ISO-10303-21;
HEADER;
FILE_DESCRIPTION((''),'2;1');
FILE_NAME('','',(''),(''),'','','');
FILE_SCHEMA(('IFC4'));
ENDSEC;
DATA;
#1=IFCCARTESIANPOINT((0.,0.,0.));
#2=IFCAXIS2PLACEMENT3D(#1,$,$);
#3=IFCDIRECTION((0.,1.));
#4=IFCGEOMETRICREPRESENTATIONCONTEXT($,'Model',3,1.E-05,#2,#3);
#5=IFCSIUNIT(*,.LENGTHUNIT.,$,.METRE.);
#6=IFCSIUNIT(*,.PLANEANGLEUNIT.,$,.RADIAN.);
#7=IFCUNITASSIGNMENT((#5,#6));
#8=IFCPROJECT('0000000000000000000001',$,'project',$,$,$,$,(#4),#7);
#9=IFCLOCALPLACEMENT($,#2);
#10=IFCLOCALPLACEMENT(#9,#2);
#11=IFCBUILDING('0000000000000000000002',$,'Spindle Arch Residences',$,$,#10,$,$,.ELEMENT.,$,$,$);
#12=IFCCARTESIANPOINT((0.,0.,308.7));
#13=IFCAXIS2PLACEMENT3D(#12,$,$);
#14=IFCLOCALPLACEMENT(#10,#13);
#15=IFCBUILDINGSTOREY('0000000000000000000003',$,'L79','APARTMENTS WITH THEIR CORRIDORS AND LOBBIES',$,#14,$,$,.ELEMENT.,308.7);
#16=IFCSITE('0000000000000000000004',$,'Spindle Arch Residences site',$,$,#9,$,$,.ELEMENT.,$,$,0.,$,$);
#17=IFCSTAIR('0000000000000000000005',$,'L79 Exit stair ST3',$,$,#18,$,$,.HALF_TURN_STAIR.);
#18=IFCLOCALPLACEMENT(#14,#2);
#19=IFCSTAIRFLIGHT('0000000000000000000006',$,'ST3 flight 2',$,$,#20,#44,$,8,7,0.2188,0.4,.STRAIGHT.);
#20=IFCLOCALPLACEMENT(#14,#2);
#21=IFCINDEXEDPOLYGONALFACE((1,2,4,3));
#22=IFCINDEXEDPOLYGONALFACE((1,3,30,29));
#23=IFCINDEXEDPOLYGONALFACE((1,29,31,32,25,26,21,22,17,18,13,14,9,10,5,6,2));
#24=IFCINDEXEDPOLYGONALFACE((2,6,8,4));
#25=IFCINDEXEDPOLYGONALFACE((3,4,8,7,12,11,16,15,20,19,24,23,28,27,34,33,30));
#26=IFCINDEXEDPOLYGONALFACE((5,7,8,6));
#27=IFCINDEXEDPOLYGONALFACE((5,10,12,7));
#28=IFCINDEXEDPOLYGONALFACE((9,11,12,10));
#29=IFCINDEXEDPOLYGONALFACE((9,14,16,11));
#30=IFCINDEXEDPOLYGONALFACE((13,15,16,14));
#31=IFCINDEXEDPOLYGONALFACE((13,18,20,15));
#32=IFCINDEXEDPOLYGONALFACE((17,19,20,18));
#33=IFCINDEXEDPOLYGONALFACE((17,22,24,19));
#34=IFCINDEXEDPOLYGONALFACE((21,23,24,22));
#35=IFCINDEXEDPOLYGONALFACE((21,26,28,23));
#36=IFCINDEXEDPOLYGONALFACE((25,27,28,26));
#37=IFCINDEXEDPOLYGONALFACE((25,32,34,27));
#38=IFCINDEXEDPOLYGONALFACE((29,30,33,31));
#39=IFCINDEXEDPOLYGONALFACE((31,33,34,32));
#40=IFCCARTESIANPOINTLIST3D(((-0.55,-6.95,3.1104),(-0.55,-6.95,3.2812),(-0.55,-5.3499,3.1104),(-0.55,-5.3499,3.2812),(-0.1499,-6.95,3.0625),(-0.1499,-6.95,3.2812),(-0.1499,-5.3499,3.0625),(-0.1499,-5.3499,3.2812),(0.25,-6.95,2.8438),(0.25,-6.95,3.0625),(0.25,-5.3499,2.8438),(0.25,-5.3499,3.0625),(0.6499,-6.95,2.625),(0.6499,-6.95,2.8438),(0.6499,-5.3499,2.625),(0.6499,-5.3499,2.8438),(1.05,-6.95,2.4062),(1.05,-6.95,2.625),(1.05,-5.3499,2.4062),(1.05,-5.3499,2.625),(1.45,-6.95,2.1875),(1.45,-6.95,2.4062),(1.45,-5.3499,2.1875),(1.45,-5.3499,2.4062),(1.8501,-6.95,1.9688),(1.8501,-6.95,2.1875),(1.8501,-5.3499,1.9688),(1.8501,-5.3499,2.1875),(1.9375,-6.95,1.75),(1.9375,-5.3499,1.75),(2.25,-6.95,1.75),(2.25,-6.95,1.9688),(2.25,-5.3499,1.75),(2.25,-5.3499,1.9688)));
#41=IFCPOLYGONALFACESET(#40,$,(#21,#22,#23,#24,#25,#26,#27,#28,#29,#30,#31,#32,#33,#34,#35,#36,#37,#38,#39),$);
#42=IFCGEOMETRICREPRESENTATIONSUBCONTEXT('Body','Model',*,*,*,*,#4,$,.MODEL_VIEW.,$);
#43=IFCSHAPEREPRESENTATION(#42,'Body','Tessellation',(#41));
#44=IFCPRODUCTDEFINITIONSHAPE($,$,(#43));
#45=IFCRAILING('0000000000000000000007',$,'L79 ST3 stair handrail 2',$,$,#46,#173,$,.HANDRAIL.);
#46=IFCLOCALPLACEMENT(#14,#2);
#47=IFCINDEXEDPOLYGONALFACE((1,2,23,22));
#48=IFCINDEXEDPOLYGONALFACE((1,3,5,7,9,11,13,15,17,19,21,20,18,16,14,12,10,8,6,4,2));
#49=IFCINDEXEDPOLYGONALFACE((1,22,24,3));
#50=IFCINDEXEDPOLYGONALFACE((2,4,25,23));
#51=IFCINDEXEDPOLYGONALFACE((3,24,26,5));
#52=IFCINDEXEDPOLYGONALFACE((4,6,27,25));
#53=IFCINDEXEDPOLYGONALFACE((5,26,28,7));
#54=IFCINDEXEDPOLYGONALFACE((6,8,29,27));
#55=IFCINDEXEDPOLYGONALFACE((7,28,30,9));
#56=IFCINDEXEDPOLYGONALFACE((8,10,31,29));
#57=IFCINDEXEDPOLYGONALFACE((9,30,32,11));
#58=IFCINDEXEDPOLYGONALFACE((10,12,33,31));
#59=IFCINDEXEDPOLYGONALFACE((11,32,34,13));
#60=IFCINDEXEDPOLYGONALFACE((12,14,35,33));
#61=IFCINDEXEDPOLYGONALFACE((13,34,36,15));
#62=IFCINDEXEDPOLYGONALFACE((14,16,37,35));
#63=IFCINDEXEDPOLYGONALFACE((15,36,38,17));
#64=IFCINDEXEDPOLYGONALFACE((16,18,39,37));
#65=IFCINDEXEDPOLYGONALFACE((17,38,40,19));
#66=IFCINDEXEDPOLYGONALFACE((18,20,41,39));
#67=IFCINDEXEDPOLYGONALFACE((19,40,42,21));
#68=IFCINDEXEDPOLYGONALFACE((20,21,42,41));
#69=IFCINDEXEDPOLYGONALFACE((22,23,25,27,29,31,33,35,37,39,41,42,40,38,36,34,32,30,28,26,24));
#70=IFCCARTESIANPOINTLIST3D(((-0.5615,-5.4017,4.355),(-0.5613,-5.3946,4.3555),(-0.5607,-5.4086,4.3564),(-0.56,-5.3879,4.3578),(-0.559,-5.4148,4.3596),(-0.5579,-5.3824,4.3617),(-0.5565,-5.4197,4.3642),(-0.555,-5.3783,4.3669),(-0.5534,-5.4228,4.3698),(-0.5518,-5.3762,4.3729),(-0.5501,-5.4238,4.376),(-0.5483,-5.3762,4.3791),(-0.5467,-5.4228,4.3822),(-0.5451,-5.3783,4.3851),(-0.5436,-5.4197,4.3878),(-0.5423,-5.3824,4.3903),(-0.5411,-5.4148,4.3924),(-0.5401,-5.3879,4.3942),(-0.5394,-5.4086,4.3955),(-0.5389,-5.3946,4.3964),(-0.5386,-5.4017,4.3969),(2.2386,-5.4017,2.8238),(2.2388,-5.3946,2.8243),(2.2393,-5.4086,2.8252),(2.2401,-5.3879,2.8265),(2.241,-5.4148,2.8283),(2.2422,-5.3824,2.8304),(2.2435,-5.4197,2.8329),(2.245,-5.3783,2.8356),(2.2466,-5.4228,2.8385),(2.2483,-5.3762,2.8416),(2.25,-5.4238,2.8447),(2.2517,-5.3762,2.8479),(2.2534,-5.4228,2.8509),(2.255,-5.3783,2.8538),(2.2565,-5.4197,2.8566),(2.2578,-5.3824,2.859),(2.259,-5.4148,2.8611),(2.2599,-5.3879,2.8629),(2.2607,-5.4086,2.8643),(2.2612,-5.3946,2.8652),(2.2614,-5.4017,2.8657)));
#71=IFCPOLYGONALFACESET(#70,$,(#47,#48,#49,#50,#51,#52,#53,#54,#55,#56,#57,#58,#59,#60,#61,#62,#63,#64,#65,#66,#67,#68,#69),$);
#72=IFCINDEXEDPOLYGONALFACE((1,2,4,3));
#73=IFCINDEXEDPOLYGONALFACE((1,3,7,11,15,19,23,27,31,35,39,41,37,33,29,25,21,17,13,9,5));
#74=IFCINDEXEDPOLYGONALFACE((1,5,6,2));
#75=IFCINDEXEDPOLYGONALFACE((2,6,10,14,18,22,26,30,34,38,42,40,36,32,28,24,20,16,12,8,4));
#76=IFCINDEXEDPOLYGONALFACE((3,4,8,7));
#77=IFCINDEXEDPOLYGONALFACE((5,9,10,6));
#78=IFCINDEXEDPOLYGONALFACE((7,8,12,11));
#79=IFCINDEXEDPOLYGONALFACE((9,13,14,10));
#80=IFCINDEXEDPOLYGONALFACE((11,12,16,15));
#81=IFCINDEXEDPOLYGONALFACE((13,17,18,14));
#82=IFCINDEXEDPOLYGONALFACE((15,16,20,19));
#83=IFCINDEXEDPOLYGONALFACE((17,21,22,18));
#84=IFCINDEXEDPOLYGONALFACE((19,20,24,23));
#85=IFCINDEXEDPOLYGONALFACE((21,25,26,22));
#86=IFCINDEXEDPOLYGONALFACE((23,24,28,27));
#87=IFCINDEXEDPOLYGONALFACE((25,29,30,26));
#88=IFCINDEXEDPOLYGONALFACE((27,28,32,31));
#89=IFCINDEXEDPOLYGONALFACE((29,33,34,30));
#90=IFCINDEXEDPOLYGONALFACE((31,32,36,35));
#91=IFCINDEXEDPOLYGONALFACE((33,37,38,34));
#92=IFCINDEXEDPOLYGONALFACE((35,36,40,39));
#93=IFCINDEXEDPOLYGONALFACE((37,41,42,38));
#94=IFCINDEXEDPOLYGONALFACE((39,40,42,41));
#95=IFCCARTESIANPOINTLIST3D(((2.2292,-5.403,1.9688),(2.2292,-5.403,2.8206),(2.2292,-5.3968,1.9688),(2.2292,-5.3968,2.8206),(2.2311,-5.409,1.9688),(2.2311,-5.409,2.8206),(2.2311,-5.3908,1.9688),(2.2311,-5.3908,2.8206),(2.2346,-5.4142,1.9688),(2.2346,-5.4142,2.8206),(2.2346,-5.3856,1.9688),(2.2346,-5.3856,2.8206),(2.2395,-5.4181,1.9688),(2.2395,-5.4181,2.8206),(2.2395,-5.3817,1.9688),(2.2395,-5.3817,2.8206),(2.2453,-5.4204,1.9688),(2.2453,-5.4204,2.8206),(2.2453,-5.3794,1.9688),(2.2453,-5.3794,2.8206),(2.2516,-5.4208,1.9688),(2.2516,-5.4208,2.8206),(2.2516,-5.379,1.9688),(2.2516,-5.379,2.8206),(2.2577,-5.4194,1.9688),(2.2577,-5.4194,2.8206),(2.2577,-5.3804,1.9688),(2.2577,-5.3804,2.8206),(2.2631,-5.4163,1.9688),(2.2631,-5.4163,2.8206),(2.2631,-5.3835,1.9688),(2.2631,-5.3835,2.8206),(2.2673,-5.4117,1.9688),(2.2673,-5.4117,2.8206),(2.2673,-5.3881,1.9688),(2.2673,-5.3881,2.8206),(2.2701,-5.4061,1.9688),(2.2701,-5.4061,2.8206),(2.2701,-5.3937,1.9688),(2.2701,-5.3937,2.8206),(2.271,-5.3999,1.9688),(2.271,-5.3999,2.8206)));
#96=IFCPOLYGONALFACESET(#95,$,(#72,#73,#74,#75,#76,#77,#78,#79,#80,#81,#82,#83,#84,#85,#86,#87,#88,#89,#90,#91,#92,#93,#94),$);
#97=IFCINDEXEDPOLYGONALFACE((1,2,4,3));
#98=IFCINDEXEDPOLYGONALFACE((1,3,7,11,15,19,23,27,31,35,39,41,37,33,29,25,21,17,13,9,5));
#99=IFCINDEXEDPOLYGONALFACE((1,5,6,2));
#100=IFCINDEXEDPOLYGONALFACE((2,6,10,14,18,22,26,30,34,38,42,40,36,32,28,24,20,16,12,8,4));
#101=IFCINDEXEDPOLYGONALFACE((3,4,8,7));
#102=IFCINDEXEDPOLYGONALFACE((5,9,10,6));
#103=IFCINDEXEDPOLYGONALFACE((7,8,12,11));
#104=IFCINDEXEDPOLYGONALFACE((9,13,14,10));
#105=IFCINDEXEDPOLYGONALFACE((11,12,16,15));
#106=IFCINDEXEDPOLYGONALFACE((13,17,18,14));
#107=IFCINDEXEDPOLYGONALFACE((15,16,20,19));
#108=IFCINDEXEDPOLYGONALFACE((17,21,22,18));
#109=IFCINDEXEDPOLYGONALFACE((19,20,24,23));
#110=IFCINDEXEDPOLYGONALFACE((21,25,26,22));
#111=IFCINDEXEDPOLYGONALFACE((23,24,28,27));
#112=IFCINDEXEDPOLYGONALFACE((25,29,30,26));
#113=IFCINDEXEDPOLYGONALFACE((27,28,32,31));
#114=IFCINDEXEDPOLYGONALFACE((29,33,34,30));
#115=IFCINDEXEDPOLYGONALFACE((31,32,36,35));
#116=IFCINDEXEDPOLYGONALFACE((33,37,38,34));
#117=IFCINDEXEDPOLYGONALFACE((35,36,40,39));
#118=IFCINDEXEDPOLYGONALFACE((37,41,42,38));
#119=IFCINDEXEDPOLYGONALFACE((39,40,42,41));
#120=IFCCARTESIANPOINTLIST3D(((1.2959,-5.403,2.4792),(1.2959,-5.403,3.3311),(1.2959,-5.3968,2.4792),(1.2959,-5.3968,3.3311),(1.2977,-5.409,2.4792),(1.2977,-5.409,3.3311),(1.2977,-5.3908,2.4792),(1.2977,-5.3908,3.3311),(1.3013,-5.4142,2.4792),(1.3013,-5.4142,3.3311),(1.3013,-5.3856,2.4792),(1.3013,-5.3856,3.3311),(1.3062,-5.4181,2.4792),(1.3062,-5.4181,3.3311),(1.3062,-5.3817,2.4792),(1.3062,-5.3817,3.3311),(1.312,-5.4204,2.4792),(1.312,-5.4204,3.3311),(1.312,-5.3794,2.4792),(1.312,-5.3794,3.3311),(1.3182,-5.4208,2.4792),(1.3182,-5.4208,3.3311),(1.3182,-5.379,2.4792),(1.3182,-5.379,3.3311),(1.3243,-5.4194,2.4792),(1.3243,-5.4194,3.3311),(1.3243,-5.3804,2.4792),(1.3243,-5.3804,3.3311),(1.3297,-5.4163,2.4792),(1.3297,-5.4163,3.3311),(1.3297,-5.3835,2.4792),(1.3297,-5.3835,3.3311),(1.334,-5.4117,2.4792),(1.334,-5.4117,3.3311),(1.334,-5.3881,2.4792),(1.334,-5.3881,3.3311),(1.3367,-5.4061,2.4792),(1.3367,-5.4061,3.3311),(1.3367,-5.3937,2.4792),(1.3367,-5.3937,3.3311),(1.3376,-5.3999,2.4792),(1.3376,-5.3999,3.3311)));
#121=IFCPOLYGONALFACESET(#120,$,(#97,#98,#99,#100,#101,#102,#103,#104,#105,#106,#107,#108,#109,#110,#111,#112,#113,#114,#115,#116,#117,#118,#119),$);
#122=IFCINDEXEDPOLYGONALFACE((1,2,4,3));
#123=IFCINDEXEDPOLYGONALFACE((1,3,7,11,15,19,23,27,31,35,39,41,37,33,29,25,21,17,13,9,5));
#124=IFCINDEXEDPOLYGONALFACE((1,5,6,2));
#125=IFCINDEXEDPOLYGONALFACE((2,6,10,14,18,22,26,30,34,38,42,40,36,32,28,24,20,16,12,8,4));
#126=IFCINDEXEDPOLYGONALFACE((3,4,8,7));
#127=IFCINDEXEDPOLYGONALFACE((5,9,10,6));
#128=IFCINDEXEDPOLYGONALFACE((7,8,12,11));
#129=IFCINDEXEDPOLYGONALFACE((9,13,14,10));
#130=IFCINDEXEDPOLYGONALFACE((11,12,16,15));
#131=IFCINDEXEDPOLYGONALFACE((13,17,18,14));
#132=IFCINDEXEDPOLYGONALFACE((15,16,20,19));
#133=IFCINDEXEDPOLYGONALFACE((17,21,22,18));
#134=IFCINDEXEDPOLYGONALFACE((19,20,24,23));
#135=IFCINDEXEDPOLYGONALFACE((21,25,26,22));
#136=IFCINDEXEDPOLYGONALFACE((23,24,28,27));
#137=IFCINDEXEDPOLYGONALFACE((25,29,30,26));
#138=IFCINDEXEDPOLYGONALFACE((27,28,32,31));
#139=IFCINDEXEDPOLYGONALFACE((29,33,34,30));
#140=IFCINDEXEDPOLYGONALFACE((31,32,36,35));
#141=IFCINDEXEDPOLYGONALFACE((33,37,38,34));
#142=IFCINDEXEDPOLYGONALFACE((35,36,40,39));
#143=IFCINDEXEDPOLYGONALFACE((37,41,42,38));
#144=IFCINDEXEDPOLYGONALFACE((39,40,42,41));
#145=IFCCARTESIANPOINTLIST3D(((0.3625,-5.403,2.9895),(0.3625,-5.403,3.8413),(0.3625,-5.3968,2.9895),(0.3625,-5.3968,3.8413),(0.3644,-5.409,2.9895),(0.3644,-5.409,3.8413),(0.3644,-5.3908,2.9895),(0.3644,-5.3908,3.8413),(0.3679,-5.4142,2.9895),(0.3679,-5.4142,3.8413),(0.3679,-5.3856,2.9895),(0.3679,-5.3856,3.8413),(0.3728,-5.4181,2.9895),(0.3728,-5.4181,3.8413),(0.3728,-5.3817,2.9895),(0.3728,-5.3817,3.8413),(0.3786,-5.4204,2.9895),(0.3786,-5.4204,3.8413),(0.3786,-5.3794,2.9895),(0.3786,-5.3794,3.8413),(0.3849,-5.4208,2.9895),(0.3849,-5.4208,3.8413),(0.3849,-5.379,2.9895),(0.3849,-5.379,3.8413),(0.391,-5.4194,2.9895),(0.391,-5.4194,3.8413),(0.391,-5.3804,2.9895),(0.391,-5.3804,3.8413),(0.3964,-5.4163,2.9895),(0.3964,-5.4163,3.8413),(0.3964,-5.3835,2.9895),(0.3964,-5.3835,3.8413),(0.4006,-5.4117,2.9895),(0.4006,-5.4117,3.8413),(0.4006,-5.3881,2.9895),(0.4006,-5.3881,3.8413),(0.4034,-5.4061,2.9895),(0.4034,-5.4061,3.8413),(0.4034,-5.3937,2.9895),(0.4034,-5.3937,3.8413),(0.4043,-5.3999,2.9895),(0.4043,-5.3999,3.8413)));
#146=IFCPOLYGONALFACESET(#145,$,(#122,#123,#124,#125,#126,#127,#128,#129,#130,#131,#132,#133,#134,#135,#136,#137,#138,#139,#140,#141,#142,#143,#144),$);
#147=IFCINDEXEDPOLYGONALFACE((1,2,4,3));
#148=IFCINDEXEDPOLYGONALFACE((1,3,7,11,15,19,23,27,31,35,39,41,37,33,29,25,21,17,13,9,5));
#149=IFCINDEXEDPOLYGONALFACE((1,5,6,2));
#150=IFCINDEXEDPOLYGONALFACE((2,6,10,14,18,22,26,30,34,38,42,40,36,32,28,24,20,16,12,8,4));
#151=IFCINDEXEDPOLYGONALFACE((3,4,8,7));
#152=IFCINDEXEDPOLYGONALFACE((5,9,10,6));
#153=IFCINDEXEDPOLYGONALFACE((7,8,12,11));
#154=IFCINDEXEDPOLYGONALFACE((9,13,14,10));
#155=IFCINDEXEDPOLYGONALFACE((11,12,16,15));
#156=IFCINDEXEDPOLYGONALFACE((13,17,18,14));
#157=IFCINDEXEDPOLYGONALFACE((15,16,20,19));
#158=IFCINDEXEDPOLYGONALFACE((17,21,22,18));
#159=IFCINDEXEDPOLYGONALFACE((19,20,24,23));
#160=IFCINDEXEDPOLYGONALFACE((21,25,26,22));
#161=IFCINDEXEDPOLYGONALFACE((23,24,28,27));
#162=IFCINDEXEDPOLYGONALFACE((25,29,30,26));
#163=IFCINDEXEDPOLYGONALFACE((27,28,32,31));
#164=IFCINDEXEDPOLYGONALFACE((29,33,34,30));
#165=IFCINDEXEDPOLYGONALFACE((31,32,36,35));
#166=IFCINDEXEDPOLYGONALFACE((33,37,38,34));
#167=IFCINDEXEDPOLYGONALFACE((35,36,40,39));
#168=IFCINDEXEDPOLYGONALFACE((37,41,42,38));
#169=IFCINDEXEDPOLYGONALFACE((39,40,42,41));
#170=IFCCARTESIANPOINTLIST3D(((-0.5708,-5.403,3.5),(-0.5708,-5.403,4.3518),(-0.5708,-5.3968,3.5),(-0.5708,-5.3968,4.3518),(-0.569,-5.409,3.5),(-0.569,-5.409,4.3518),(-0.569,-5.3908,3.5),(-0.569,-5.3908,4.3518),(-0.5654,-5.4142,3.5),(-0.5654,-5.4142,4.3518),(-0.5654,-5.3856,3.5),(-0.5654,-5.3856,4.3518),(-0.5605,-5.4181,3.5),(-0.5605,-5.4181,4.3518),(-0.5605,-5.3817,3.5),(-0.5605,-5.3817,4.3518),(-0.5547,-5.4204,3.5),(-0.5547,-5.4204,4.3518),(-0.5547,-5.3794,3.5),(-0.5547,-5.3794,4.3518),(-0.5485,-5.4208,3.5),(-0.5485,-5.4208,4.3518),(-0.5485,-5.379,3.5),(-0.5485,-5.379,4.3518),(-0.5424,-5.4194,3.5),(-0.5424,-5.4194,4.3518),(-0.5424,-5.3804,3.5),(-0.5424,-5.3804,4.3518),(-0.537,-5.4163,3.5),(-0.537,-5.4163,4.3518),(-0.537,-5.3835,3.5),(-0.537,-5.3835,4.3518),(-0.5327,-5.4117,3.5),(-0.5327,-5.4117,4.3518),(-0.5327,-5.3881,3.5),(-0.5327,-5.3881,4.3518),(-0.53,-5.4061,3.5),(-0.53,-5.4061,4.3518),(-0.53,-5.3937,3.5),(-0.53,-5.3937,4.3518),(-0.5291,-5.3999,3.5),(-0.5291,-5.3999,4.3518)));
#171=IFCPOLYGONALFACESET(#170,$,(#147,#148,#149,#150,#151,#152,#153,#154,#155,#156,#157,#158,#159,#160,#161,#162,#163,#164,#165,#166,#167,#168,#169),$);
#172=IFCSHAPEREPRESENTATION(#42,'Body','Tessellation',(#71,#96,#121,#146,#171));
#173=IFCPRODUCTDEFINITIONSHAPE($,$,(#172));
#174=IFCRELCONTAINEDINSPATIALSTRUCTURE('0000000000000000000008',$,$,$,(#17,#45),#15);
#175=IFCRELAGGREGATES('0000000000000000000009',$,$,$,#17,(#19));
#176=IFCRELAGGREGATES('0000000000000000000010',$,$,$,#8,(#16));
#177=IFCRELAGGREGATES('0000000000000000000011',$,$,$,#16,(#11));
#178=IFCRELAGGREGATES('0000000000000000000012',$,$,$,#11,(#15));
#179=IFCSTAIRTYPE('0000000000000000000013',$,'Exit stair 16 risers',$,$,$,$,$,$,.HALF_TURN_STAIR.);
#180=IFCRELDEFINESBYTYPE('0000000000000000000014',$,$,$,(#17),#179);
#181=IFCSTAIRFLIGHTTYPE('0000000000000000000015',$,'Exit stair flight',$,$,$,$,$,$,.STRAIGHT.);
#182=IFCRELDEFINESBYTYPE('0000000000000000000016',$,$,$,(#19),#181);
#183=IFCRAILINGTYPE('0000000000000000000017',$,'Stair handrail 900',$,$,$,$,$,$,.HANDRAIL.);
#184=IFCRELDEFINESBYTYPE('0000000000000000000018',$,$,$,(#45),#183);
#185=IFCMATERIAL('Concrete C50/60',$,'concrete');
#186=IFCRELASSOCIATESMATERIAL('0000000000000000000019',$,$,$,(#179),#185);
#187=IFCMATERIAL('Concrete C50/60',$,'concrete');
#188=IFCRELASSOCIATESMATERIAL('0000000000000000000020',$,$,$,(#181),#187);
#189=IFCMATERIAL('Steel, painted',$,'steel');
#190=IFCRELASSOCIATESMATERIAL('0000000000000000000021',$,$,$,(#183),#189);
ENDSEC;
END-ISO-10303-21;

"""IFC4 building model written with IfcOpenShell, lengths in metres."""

from ifc_helpers import new_model, si_unit, direction, frame, origin, origin_2d, place, context, subcontext, project, spatial, polyline, circle, outline, extrude, material, type_object, element, aggregate, save


model = new_model("IFC4")

# Units and contexts
model_context = context("Model", 3, precision=1e-05, world=origin(), true_north=direction((0.0, 1.0)))
body_context = subcontext(model_context, "Body", "Model", "MODEL_VIEW")
ifc_project = project(units=[si_unit("LENGTHUNIT", "METRE"), si_unit("PLANEANGLEUNIT", "RADIAN")], contexts=[model_context])

# Site, building, storey
site_placement = place(None, origin())
site = spatial("IfcSite", under=ifc_project, at=site_placement, Name="Spindle Arch Residences site", CompositionType="ELEMENT", RefElevation=0.0)
building_placement = place(site_placement, origin())
building = spatial("IfcBuilding", under=site, at=building_placement, Name="Spindle Arch Residences", CompositionType="ELEMENT")
storey_placement = place(building_placement, frame((0.0, 0.0, 308.7)))
storey = spatial("IfcBuildingStorey", under=building, at=storey_placement, Name="L79", Description="APARTMENTS WITH THEIR CORRIDORS AND LOBBIES", CompositionType="ELEMENT", Elevation=308.7)

# Stair
ifc_material_1 = material(Name="Concrete C50/60", Category="concrete")
stair_type = type_object("IfcStairType", Name="Exit stair 16 risers", PredefinedType="HALF_TURN_STAIR", material=ifc_material_1)
stair_1_placement = place(storey_placement, origin())
stair_1 = element("IfcStair", 1, at=stair_1_placement, inside=storey, type_object=stair_type, Name="L79 Exit stair ST3", PredefinedType="HALF_TURN_STAIR")

# Stair flight
ifc_material_2 = material(Name="Concrete C50/60", Category="concrete")
stair_flight_type = type_object("IfcStairFlightType", Name="Exit stair flight", PredefinedType="STRAIGHT", material=ifc_material_2)
stair_flight_placement = place(storey_placement, frame((2.25, -6.1499, 1.75), z_axis=(0.0, 0.0, 1.0), x_axis=(-1.0, 0.0, 0.0)))
stair_flight = element("IfcStairFlight", 2, at=stair_flight_placement, type_object=stair_flight_type, Name="ST3 flight 2", NumberOfRisers=8, NumberOfTreads=7, PredefinedType="STRAIGHT", RiserHeight=0.2188, TreadLength=0.4, context=body_context, shape_type="SweptSolid", body=[
    extrude(outline(polyline([(0.0, 0.0), (0.0, 0.2188), (0.3999, 0.2188), (0.3999, 0.4375), (0.8, 0.4375), (0.8, 0.6562), (1.2, 0.6562), (1.2, 0.875), (1.6001, 0.875), (1.6001, 1.0938), (2.0, 1.0938), (2.0, 1.3125), (2.3999, 1.3125), (2.3999, 1.5312), (2.8, 1.5312), (2.8, 1.75), (2.8, 1.3604), (0.3125, 0.0), (0.0, 0.0)])), frame((0.0, 0.8, 0.0), z_axis=(0.0, -1.0, 0.0), x_axis=(1.0, 0.0, 0.0)), (0.0, 0.0, 1.0), 1.6001),
])
aggregate(stair_1, [stair_flight])

# Railing
ifc_material_3 = material(Name="Steel, painted", Category="steel")
railing_type = type_object("IfcRailingType", Name="Stair handrail 900", PredefinedType="HANDRAIL", material=ifc_material_3)
railing_placement = place(storey_placement, frame((2.25, -5.3999, 1.9688)))
element("IfcRailing", 3, at=railing_placement, inside=storey, type_object=railing_type, Name="L79 ST3 stair handrail 2", PredefinedType="HANDRAIL", context=body_context, shape_type="SweptSolid", body=[
    extrude(circle(Radius=0.0239, at=origin_2d()), frame((0.0, 0.0, 0.876), z_axis=(-0.877375, 0.0, 0.479806), x_axis=(0.0, -1.0, 0.0)), (0.0, 0.0, 1.0), 3.1914),
    extrude(circle(Radius=0.021, at=origin_2d()), origin(), (0.0, 0.0, 1.0), 0.8518),
    extrude(circle(Radius=0.021, at=origin_2d()), frame((-0.9333, 0.0, 0.5105)), (0.0, 0.0, 1.0), 0.8518),
    extrude(circle(Radius=0.021, at=origin_2d()), frame((-1.8667, 0.0, 1.0208)), (0.0, 0.0, 1.0), 0.8518),
    extrude(circle(Radius=0.021, at=origin_2d()), frame((-2.8, 0.0, 1.5312)), (0.0, 0.0, 1.0), 0.8518),
])

save(model, "model.ifc")
